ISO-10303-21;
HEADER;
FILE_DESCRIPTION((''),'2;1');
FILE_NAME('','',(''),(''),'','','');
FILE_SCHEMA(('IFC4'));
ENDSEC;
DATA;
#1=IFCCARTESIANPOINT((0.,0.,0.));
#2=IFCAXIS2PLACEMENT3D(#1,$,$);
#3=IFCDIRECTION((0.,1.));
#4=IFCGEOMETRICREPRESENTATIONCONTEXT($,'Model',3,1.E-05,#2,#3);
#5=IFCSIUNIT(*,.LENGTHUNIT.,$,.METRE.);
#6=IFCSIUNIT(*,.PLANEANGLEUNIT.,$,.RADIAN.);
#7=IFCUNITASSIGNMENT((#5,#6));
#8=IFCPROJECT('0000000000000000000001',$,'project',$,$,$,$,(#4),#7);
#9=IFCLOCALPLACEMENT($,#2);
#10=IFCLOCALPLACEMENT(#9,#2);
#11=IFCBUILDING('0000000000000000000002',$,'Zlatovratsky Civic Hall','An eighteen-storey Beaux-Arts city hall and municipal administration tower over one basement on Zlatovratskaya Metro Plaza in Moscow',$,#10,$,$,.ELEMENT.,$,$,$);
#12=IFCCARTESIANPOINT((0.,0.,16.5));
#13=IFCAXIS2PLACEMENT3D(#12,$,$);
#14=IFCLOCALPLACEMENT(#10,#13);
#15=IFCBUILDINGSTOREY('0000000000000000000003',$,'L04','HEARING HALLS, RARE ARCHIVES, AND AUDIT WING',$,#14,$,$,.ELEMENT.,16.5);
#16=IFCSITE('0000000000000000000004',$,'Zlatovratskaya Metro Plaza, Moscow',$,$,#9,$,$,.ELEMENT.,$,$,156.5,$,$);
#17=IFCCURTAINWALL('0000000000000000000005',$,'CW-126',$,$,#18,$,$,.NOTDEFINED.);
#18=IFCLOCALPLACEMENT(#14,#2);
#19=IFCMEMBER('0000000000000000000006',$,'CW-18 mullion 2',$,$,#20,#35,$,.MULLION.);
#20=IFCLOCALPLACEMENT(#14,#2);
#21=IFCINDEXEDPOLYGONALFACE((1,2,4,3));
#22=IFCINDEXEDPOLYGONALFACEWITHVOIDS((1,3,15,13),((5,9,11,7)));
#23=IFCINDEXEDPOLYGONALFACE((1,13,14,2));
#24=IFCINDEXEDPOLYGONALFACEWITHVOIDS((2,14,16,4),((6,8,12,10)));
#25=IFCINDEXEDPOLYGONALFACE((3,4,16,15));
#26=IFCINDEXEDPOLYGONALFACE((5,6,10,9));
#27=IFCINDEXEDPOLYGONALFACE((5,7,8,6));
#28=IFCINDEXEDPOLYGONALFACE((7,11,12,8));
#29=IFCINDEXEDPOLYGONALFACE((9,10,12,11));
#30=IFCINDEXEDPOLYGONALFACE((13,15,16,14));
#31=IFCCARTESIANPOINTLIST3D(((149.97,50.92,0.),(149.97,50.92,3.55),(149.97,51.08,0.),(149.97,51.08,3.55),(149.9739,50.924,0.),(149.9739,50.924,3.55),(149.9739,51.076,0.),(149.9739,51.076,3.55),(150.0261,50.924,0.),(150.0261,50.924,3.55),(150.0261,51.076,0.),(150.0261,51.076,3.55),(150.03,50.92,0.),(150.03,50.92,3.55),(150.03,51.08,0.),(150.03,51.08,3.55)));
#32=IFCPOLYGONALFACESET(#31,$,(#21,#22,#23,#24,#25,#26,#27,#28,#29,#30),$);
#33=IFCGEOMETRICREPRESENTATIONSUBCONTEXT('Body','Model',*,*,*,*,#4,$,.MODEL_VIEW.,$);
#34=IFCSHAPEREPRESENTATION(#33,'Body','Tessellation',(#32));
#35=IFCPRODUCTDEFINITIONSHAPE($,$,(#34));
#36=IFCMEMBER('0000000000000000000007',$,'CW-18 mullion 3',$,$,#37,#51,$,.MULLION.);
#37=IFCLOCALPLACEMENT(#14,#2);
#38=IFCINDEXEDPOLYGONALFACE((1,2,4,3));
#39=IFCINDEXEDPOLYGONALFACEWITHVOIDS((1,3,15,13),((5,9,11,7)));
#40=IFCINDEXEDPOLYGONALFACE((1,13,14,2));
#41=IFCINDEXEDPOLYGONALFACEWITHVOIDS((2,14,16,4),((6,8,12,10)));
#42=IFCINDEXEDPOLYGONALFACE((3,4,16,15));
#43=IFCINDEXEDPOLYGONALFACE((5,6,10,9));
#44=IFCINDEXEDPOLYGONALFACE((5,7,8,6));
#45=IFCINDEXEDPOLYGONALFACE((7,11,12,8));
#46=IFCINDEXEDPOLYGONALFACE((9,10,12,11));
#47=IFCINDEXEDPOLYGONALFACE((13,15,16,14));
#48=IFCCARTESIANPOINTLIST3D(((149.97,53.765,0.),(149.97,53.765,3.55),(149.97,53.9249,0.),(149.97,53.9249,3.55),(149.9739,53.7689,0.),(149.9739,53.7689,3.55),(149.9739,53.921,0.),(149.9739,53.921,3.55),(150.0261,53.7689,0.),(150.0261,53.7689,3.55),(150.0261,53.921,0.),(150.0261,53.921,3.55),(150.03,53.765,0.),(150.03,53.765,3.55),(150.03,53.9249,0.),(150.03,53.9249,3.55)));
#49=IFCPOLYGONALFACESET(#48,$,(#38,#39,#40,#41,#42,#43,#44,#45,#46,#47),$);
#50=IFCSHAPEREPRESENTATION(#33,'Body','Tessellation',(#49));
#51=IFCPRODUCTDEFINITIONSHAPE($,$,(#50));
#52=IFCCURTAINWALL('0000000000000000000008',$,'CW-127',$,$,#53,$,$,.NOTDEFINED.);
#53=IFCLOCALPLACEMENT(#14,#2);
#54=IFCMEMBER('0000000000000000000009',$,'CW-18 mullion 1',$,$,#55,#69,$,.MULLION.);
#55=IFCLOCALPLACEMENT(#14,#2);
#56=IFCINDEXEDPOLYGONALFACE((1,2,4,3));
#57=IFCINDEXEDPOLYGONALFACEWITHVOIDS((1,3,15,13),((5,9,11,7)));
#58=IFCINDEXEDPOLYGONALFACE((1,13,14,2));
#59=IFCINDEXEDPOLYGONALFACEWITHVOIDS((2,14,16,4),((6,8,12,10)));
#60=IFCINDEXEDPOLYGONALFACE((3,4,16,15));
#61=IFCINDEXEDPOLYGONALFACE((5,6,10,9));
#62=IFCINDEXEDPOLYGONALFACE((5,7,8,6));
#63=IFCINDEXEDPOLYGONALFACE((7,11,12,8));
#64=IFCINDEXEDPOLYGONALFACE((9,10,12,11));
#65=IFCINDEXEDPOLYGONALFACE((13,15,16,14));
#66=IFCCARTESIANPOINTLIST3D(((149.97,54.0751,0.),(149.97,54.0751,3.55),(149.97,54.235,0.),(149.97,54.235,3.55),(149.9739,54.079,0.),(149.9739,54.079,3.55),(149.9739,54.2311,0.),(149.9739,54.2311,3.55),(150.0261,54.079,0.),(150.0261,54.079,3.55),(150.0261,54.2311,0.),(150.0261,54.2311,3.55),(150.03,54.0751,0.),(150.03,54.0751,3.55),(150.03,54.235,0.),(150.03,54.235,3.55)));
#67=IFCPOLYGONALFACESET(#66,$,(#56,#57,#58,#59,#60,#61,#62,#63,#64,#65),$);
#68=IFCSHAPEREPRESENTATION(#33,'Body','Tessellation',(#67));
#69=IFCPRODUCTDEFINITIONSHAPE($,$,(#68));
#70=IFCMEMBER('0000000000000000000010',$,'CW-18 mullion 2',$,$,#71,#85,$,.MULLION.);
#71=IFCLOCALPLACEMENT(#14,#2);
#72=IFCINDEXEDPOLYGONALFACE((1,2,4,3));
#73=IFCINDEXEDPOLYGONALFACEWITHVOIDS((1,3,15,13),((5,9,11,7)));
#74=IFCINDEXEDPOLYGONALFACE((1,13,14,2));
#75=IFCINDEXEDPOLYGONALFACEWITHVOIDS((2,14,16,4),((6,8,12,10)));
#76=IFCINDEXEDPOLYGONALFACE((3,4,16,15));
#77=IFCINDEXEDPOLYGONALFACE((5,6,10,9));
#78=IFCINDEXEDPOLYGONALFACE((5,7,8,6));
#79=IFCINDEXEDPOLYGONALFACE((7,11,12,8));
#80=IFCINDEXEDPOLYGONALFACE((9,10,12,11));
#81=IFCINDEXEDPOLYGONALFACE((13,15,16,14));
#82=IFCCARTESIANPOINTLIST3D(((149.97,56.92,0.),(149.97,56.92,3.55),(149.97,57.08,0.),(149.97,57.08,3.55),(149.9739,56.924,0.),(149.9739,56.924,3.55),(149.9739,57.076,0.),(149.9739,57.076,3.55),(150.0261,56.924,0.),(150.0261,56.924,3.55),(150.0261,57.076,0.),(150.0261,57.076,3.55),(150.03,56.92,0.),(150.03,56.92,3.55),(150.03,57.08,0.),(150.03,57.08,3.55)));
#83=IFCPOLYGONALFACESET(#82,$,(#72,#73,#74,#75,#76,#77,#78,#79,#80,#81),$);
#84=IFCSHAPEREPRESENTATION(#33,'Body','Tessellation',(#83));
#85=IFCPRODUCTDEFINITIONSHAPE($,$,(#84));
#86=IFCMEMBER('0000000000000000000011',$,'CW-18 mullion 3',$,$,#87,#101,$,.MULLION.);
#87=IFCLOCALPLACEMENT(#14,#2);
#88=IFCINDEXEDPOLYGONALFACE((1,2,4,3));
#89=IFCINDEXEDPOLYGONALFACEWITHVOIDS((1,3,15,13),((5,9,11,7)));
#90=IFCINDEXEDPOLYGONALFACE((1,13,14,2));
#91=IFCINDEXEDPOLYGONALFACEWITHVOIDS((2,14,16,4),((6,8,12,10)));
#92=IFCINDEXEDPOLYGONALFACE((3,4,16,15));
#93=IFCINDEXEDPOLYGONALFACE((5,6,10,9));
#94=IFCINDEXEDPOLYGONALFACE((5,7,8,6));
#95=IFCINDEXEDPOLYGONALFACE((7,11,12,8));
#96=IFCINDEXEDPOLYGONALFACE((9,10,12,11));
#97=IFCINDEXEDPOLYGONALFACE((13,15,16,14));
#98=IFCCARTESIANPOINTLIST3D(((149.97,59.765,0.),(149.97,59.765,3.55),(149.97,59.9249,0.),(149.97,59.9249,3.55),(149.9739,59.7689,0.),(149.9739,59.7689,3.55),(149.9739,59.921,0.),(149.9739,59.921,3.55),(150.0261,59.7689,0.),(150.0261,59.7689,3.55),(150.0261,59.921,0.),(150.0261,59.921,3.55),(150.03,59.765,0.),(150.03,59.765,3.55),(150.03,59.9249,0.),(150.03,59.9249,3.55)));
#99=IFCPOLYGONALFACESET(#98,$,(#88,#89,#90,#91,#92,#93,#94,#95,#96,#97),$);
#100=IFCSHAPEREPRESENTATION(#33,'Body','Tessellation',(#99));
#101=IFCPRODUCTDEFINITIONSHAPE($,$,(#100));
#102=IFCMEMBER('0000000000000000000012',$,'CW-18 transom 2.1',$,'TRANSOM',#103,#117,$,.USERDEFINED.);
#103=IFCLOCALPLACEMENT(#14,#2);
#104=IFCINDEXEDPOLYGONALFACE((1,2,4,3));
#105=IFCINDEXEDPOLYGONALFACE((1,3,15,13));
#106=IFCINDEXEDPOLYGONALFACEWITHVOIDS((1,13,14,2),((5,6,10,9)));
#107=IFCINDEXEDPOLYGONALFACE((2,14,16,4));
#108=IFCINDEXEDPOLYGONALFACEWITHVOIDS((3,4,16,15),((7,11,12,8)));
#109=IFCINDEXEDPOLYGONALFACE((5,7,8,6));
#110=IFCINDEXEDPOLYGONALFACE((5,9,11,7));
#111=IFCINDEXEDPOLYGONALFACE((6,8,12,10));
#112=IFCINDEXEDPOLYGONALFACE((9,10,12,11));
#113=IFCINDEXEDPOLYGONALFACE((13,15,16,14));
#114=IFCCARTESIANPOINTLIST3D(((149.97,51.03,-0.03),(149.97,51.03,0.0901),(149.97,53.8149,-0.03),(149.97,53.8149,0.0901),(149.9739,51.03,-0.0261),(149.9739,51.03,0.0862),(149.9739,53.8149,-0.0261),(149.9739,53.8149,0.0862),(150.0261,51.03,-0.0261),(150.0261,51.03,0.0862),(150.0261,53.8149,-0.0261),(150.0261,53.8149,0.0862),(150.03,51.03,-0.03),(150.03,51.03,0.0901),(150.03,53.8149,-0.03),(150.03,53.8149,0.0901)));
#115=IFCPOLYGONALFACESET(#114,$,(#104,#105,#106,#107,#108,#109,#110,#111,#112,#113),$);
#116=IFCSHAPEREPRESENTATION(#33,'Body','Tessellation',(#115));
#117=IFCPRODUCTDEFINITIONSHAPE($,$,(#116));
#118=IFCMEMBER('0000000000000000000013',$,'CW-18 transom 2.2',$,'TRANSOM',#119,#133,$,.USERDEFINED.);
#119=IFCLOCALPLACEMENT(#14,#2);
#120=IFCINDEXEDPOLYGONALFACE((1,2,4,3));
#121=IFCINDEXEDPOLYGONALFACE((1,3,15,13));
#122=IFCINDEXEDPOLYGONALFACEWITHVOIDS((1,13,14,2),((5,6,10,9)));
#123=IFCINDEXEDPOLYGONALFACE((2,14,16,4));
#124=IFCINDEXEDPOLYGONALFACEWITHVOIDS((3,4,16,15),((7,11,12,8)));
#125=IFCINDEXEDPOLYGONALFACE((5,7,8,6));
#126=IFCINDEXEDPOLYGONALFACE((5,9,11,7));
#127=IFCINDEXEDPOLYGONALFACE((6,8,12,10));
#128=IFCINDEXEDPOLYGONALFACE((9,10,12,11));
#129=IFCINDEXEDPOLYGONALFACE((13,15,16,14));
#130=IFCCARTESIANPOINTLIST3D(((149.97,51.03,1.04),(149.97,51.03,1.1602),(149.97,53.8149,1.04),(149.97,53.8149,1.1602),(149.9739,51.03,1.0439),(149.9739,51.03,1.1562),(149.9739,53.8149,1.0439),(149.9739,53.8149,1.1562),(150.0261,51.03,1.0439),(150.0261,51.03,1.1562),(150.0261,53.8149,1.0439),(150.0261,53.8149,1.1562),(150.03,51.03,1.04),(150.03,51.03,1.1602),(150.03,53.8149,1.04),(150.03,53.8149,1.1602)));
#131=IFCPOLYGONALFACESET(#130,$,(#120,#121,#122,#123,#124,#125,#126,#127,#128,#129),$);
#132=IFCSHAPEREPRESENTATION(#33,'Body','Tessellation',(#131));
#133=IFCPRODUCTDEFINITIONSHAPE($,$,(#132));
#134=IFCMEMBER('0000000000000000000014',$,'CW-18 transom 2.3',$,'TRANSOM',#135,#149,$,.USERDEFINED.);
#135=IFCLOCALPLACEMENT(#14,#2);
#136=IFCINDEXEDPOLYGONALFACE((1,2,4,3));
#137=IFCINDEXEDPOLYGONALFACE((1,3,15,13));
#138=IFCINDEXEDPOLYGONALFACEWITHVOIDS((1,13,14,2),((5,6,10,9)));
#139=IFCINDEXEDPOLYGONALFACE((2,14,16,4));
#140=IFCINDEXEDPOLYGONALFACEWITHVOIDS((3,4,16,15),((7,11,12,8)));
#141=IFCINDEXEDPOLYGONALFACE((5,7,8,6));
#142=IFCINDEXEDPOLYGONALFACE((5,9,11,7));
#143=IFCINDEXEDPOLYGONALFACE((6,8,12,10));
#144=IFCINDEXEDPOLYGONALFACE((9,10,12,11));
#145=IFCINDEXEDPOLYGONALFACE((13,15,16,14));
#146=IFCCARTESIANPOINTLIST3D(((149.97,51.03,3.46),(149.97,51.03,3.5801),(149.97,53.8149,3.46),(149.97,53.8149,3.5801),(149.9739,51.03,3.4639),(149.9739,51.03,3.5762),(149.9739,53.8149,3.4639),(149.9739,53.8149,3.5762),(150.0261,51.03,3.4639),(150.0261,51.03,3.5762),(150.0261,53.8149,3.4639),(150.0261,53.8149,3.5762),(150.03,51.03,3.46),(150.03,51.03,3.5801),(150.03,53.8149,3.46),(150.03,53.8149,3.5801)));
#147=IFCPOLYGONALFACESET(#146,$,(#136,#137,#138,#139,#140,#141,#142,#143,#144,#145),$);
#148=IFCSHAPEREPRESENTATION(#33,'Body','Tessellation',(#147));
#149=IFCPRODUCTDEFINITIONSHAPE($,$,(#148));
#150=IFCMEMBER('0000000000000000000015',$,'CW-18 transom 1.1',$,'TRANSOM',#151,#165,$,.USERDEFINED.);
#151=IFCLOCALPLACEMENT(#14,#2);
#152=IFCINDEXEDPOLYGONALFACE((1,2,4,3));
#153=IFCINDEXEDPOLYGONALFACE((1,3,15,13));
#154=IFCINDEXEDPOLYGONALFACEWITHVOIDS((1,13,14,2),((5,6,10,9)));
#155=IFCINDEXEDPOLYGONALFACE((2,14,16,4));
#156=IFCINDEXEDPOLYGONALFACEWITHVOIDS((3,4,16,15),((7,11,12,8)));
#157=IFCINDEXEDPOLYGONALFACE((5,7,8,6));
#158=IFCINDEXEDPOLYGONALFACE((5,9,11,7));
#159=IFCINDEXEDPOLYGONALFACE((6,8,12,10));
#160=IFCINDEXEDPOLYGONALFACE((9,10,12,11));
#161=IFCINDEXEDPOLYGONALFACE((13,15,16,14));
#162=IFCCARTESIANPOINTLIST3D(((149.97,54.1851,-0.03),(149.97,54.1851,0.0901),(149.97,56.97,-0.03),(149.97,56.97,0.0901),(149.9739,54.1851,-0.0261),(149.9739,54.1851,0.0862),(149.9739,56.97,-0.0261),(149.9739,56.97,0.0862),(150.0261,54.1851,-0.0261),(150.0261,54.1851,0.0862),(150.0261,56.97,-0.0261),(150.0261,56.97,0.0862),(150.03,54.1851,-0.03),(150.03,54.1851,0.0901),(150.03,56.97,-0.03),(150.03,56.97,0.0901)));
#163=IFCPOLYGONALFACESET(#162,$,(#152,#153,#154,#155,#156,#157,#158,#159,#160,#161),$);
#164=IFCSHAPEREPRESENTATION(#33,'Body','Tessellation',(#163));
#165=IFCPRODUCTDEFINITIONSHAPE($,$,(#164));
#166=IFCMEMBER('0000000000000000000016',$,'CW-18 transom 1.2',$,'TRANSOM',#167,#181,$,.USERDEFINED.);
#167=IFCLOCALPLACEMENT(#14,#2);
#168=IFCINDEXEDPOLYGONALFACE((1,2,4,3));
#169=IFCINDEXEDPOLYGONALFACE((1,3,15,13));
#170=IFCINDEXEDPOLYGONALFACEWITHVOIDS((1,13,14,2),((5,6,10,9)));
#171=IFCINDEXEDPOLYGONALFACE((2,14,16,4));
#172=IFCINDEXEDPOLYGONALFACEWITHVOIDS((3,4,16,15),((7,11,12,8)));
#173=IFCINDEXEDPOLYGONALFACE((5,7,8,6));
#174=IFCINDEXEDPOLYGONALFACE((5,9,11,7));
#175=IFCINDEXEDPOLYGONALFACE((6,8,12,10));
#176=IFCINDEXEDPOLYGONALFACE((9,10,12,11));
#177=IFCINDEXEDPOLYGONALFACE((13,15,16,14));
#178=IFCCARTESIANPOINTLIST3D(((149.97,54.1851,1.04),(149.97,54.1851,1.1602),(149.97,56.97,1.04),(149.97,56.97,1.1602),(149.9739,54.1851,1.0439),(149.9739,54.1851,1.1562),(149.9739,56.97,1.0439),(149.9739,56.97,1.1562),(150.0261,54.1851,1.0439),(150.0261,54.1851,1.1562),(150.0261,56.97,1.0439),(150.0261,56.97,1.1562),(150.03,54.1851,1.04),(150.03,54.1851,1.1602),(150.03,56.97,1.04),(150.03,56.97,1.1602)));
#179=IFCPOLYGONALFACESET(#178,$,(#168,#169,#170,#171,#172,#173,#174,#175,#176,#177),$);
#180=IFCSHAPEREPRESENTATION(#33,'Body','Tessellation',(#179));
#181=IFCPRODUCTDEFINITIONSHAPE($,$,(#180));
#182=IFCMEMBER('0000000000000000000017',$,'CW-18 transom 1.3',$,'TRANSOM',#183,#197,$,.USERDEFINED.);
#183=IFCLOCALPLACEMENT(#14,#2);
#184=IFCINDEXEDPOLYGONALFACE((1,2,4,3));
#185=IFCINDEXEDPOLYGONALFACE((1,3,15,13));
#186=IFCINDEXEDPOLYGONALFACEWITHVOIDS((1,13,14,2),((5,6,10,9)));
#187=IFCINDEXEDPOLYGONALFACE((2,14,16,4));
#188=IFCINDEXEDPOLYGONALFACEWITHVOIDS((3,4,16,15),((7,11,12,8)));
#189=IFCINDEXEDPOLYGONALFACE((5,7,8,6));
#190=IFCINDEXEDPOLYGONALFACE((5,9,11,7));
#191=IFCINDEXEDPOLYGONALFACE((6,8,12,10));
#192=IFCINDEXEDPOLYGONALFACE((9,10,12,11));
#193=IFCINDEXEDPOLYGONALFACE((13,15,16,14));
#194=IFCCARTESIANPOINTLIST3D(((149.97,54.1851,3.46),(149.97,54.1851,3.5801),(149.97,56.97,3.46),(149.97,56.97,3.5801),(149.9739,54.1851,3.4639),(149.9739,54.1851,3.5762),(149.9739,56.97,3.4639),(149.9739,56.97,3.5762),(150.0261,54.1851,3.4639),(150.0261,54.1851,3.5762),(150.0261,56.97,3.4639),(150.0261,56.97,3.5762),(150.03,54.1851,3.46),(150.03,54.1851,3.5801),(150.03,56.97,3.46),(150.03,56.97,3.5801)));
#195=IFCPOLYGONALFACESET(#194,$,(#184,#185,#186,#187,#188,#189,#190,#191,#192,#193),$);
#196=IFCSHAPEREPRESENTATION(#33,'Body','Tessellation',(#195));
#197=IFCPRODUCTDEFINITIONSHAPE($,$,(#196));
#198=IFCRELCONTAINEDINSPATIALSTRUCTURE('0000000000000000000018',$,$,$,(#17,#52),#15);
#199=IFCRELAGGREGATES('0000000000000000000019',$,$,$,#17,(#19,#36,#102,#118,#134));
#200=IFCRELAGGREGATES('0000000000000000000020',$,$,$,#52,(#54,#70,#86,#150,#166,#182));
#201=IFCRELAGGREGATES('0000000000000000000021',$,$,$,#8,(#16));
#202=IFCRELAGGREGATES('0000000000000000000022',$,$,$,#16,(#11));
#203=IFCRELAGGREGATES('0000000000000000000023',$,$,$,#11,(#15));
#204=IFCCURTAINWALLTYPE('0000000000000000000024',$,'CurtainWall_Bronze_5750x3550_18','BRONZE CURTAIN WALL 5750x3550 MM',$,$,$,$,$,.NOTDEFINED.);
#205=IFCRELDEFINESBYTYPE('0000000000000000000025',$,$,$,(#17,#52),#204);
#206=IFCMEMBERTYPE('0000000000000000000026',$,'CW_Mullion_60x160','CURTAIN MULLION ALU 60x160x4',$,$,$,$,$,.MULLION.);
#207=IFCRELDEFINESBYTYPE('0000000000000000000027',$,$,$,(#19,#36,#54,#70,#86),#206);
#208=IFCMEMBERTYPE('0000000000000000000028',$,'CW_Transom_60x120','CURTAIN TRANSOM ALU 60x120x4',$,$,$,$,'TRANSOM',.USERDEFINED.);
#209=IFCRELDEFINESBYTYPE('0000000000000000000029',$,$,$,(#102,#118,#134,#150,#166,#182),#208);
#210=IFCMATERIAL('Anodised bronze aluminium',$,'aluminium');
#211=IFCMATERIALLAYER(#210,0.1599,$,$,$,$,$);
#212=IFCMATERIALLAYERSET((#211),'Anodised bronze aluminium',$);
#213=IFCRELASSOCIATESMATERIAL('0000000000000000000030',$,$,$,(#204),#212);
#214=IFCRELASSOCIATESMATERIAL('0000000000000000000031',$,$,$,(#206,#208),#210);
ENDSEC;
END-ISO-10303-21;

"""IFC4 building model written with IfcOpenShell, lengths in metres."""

from ifc_helpers import new_model, si_unit, direction, frame, origin, origin_2d, place, context, subcontext, project, spatial, hollow_rectangle, extrude, material, layer, layer_set, material_profile, profile_set, type_object, element, aggregate, save


model = new_model("IFC4")

# Units and contexts
model_context = context("Model", 3, precision=1e-05, world=origin(), true_north=direction((0.0, 1.0)))
body_context = subcontext(model_context, "Body", "Model", "MODEL_VIEW")
ifc_project = project(units=[si_unit("LENGTHUNIT", "METRE"), si_unit("PLANEANGLEUNIT", "RADIAN")], contexts=[model_context])

# Site, building, storey
site_placement = place(None, origin())
site = spatial("IfcSite", under=ifc_project, at=site_placement, Name="Zlatovratskaya Metro Plaza, Moscow", CompositionType="ELEMENT", RefElevation=156.5)
building_placement = place(site_placement, origin())
building = spatial("IfcBuilding", under=site, at=building_placement, Name="Zlatovratsky Civic Hall", Description="An eighteen-storey Beaux-Arts city hall and municipal administration tower over one basement on Zlatovratskaya Metro Plaza in Moscow", CompositionType="ELEMENT")
storey_placement = place(building_placement, frame((0.0, 0.0, 16.5)))
storey = spatial("IfcBuildingStorey", under=building, at=storey_placement, Name="L04", Description="HEARING HALLS, RARE ARCHIVES, AND AUDIT WING", CompositionType="ELEMENT", Elevation=16.5)

# Curtain walls, members
ifc_material_1 = material(Name="Anodised bronze aluminium", Category="aluminium")
ifc_layer_1 = layer(ifc_material_1, 0.1599)
ifc_layer_set_1 = layer_set([ifc_layer_1], Name="Anodised bronze aluminium")
curtain_wall_type = type_object("IfcCurtainWallType", Name="CurtainWall_Bronze_5750x3550_18", Description="BRONZE CURTAIN WALL 5750x3550 MM", PredefinedType="NOTDEFINED", material=ifc_layer_set_1)
curtain_wall_1_placement = place(storey_placement, origin())
curtain_wall_1 = element("IfcCurtainWall", 1, at=curtain_wall_1_placement, inside=storey, type_object=curtain_wall_type, Name="CW-126", PredefinedType="NOTDEFINED")
ifc_material_profile_1 = material_profile(ifc_material_1, hollow_rectangle(XDim=0.0601, YDim=0.1599, WallThickness=0.0039, at=origin_2d()), Name="ALU 60x160x4")
ifc_profile_set_1 = profile_set([ifc_material_profile_1], Name="Anodised bronze aluminium")
member_type_1 = type_object("IfcMemberType", Name="CW_Mullion_60x160", Description="CURTAIN MULLION ALU 60x160x4", PredefinedType="MULLION", material=ifc_profile_set_1)
member_1_placement = place(storey_placement, frame((150.0, 51.0, 0.0), z_axis=(0.0, 0.0, 1.0), x_axis=(-1.0, 0.0, 0.0)))
member_1 = element("IfcMember", 2, at=member_1_placement, type_object=member_type_1, Name="CW-18 mullion 2", PredefinedType="MULLION", context=body_context, shape_type="SweptSolid", body=[
    extrude(hollow_rectangle(XDim=0.0601, YDim=0.1599, WallThickness=0.0039, at=origin_2d()), origin(), (0.0, 0.0, 1.0), 3.55),
])
member_2_placement = place(storey_placement, frame((150.0, 53.845, 0.0), z_axis=(0.0, 0.0, 1.0), x_axis=(-1.0, 0.0, 0.0)))
member_2 = element("IfcMember", 3, at=member_2_placement, type_object=member_type_1, Name="CW-18 mullion 3", PredefinedType="MULLION", context=body_context, shape_type="SweptSolid", body=[
    extrude(hollow_rectangle(XDim=0.0601, YDim=0.1599, WallThickness=0.0039, at=origin_2d()), origin(), (0.0, 0.0, 1.0), 3.55),
])
curtain_wall_2_placement = place(storey_placement, origin())
curtain_wall_2 = element("IfcCurtainWall", 4, at=curtain_wall_2_placement, inside=storey, type_object=curtain_wall_type, Name="CW-127", PredefinedType="NOTDEFINED")
member_3_placement = place(storey_placement, frame((150.0, 54.155, 0.0), z_axis=(0.0, 0.0, 1.0), x_axis=(-1.0, 0.0, 0.0)))
member_3 = element("IfcMember", 5, at=member_3_placement, type_object=member_type_1, Name="CW-18 mullion 1", PredefinedType="MULLION", context=body_context, shape_type="SweptSolid", body=[
    extrude(hollow_rectangle(XDim=0.0601, YDim=0.1599, WallThickness=0.0039, at=origin_2d()), origin(), (0.0, 0.0, 1.0), 3.55),
])
member_4_placement = place(storey_placement, frame((150.0, 57.0, 0.0), z_axis=(0.0, 0.0, 1.0), x_axis=(-1.0, 0.0, 0.0)))
member_4 = element("IfcMember", 6, at=member_4_placement, type_object=member_type_1, Name="CW-18 mullion 2", PredefinedType="MULLION", context=body_context, shape_type="SweptSolid", body=[
    extrude(hollow_rectangle(XDim=0.0601, YDim=0.1599, WallThickness=0.0039, at=origin_2d()), origin(), (0.0, 0.0, 1.0), 3.55),
])
member_5_placement = place(storey_placement, frame((150.0, 59.845, 0.0), z_axis=(0.0, 0.0, 1.0), x_axis=(-1.0, 0.0, 0.0)))
member_5 = element("IfcMember", 7, at=member_5_placement, type_object=member_type_1, Name="CW-18 mullion 3", PredefinedType="MULLION", context=body_context, shape_type="SweptSolid", body=[
    extrude(hollow_rectangle(XDim=0.0601, YDim=0.1599, WallThickness=0.0039, at=origin_2d()), origin(), (0.0, 0.0, 1.0), 3.55),
])

# Members
ifc_material_profile_2 = material_profile(ifc_material_1, hollow_rectangle(XDim=0.0601, YDim=0.1201, WallThickness=0.0039, at=origin_2d()), Name="ALU 60x120x4")
ifc_profile_set_2 = profile_set([ifc_material_profile_2], Name="Anodised bronze aluminium")
member_type_2 = type_object("IfcMemberType", Name="CW_Transom_60x120", Description="CURTAIN TRANSOM ALU 60x120x4", ElementType="TRANSOM", PredefinedType="USERDEFINED", material=ifc_profile_set_2)
member_6_placement = place(storey_placement, frame((150.0, 51.03, 0.03), z_axis=(0.0, 1.0, 0.0), x_axis=(-1.0, 0.0, 0.0)))
member_6 = element("IfcMember", 8, at=member_6_placement, type_object=member_type_2, Name="CW-18 transom 2.1", ObjectType="TRANSOM", PredefinedType="USERDEFINED", context=body_context, shape_type="SweptSolid", body=[
    extrude(hollow_rectangle(XDim=0.0601, YDim=0.1201, WallThickness=0.0039, at=origin_2d()), origin(), (0.0, 0.0, 1.0), 2.7849),
])
member_7_placement = place(storey_placement, frame((150.0, 51.03, 1.1001), z_axis=(0.0, 1.0, 0.0), x_axis=(-1.0, 0.0, 0.0)))
member_7 = element("IfcMember", 9, at=member_7_placement, type_object=member_type_2, Name="CW-18 transom 2.2", ObjectType="TRANSOM", PredefinedType="USERDEFINED", context=body_context, shape_type="SweptSolid", body=[
    extrude(hollow_rectangle(XDim=0.0601, YDim=0.1201, WallThickness=0.0039, at=origin_2d()), origin(), (0.0, 0.0, 1.0), 2.7849),
])
member_8_placement = place(storey_placement, frame((150.0, 51.03, 3.52), z_axis=(0.0, 1.0, 0.0), x_axis=(-1.0, 0.0, 0.0)))
member_8 = element("IfcMember", 10, at=member_8_placement, type_object=member_type_2, Name="CW-18 transom 2.3", ObjectType="TRANSOM", PredefinedType="USERDEFINED", context=body_context, shape_type="SweptSolid", body=[
    extrude(hollow_rectangle(XDim=0.0601, YDim=0.1201, WallThickness=0.0039, at=origin_2d()), origin(), (0.0, 0.0, 1.0), 2.7849),
])
member_9_placement = place(storey_placement, frame((150.0, 54.1851, 0.03), z_axis=(0.0, 1.0, 0.0), x_axis=(-1.0, 0.0, 0.0)))
member_9 = element("IfcMember", 11, at=member_9_placement, type_object=member_type_2, Name="CW-18 transom 1.1", ObjectType="TRANSOM", PredefinedType="USERDEFINED", context=body_context, shape_type="SweptSolid", body=[
    extrude(hollow_rectangle(XDim=0.0601, YDim=0.1201, WallThickness=0.0039, at=origin_2d()), origin(), (0.0, 0.0, 1.0), 2.7849),
])
member_10_placement = place(storey_placement, frame((150.0, 54.1851, 1.1001), z_axis=(0.0, 1.0, 0.0), x_axis=(-1.0, 0.0, 0.0)))
member_10 = element("IfcMember", 12, at=member_10_placement, type_object=member_type_2, Name="CW-18 transom 1.2", ObjectType="TRANSOM", PredefinedType="USERDEFINED", context=body_context, shape_type="SweptSolid", body=[
    extrude(hollow_rectangle(XDim=0.0601, YDim=0.1201, WallThickness=0.0039, at=origin_2d()), origin(), (0.0, 0.0, 1.0), 2.7849),
])
member_11_placement = place(storey_placement, frame((150.0, 54.1851, 3.52), z_axis=(0.0, 1.0, 0.0), x_axis=(-1.0, 0.0, 0.0)))
member_11 = element("IfcMember", 13, at=member_11_placement, type_object=member_type_2, Name="CW-18 transom 1.3", ObjectType="TRANSOM", PredefinedType="USERDEFINED", context=body_context, shape_type="SweptSolid", body=[
    extrude(hollow_rectangle(XDim=0.0601, YDim=0.1201, WallThickness=0.0039, at=origin_2d()), origin(), (0.0, 0.0, 1.0), 2.7849),
])

aggregate(curtain_wall_1, [member_1, member_2, member_6, member_7, member_8])
aggregate(curtain_wall_2, [member_3, member_4, member_5, member_9, member_10, member_11])

save(model, "model.ifc")
